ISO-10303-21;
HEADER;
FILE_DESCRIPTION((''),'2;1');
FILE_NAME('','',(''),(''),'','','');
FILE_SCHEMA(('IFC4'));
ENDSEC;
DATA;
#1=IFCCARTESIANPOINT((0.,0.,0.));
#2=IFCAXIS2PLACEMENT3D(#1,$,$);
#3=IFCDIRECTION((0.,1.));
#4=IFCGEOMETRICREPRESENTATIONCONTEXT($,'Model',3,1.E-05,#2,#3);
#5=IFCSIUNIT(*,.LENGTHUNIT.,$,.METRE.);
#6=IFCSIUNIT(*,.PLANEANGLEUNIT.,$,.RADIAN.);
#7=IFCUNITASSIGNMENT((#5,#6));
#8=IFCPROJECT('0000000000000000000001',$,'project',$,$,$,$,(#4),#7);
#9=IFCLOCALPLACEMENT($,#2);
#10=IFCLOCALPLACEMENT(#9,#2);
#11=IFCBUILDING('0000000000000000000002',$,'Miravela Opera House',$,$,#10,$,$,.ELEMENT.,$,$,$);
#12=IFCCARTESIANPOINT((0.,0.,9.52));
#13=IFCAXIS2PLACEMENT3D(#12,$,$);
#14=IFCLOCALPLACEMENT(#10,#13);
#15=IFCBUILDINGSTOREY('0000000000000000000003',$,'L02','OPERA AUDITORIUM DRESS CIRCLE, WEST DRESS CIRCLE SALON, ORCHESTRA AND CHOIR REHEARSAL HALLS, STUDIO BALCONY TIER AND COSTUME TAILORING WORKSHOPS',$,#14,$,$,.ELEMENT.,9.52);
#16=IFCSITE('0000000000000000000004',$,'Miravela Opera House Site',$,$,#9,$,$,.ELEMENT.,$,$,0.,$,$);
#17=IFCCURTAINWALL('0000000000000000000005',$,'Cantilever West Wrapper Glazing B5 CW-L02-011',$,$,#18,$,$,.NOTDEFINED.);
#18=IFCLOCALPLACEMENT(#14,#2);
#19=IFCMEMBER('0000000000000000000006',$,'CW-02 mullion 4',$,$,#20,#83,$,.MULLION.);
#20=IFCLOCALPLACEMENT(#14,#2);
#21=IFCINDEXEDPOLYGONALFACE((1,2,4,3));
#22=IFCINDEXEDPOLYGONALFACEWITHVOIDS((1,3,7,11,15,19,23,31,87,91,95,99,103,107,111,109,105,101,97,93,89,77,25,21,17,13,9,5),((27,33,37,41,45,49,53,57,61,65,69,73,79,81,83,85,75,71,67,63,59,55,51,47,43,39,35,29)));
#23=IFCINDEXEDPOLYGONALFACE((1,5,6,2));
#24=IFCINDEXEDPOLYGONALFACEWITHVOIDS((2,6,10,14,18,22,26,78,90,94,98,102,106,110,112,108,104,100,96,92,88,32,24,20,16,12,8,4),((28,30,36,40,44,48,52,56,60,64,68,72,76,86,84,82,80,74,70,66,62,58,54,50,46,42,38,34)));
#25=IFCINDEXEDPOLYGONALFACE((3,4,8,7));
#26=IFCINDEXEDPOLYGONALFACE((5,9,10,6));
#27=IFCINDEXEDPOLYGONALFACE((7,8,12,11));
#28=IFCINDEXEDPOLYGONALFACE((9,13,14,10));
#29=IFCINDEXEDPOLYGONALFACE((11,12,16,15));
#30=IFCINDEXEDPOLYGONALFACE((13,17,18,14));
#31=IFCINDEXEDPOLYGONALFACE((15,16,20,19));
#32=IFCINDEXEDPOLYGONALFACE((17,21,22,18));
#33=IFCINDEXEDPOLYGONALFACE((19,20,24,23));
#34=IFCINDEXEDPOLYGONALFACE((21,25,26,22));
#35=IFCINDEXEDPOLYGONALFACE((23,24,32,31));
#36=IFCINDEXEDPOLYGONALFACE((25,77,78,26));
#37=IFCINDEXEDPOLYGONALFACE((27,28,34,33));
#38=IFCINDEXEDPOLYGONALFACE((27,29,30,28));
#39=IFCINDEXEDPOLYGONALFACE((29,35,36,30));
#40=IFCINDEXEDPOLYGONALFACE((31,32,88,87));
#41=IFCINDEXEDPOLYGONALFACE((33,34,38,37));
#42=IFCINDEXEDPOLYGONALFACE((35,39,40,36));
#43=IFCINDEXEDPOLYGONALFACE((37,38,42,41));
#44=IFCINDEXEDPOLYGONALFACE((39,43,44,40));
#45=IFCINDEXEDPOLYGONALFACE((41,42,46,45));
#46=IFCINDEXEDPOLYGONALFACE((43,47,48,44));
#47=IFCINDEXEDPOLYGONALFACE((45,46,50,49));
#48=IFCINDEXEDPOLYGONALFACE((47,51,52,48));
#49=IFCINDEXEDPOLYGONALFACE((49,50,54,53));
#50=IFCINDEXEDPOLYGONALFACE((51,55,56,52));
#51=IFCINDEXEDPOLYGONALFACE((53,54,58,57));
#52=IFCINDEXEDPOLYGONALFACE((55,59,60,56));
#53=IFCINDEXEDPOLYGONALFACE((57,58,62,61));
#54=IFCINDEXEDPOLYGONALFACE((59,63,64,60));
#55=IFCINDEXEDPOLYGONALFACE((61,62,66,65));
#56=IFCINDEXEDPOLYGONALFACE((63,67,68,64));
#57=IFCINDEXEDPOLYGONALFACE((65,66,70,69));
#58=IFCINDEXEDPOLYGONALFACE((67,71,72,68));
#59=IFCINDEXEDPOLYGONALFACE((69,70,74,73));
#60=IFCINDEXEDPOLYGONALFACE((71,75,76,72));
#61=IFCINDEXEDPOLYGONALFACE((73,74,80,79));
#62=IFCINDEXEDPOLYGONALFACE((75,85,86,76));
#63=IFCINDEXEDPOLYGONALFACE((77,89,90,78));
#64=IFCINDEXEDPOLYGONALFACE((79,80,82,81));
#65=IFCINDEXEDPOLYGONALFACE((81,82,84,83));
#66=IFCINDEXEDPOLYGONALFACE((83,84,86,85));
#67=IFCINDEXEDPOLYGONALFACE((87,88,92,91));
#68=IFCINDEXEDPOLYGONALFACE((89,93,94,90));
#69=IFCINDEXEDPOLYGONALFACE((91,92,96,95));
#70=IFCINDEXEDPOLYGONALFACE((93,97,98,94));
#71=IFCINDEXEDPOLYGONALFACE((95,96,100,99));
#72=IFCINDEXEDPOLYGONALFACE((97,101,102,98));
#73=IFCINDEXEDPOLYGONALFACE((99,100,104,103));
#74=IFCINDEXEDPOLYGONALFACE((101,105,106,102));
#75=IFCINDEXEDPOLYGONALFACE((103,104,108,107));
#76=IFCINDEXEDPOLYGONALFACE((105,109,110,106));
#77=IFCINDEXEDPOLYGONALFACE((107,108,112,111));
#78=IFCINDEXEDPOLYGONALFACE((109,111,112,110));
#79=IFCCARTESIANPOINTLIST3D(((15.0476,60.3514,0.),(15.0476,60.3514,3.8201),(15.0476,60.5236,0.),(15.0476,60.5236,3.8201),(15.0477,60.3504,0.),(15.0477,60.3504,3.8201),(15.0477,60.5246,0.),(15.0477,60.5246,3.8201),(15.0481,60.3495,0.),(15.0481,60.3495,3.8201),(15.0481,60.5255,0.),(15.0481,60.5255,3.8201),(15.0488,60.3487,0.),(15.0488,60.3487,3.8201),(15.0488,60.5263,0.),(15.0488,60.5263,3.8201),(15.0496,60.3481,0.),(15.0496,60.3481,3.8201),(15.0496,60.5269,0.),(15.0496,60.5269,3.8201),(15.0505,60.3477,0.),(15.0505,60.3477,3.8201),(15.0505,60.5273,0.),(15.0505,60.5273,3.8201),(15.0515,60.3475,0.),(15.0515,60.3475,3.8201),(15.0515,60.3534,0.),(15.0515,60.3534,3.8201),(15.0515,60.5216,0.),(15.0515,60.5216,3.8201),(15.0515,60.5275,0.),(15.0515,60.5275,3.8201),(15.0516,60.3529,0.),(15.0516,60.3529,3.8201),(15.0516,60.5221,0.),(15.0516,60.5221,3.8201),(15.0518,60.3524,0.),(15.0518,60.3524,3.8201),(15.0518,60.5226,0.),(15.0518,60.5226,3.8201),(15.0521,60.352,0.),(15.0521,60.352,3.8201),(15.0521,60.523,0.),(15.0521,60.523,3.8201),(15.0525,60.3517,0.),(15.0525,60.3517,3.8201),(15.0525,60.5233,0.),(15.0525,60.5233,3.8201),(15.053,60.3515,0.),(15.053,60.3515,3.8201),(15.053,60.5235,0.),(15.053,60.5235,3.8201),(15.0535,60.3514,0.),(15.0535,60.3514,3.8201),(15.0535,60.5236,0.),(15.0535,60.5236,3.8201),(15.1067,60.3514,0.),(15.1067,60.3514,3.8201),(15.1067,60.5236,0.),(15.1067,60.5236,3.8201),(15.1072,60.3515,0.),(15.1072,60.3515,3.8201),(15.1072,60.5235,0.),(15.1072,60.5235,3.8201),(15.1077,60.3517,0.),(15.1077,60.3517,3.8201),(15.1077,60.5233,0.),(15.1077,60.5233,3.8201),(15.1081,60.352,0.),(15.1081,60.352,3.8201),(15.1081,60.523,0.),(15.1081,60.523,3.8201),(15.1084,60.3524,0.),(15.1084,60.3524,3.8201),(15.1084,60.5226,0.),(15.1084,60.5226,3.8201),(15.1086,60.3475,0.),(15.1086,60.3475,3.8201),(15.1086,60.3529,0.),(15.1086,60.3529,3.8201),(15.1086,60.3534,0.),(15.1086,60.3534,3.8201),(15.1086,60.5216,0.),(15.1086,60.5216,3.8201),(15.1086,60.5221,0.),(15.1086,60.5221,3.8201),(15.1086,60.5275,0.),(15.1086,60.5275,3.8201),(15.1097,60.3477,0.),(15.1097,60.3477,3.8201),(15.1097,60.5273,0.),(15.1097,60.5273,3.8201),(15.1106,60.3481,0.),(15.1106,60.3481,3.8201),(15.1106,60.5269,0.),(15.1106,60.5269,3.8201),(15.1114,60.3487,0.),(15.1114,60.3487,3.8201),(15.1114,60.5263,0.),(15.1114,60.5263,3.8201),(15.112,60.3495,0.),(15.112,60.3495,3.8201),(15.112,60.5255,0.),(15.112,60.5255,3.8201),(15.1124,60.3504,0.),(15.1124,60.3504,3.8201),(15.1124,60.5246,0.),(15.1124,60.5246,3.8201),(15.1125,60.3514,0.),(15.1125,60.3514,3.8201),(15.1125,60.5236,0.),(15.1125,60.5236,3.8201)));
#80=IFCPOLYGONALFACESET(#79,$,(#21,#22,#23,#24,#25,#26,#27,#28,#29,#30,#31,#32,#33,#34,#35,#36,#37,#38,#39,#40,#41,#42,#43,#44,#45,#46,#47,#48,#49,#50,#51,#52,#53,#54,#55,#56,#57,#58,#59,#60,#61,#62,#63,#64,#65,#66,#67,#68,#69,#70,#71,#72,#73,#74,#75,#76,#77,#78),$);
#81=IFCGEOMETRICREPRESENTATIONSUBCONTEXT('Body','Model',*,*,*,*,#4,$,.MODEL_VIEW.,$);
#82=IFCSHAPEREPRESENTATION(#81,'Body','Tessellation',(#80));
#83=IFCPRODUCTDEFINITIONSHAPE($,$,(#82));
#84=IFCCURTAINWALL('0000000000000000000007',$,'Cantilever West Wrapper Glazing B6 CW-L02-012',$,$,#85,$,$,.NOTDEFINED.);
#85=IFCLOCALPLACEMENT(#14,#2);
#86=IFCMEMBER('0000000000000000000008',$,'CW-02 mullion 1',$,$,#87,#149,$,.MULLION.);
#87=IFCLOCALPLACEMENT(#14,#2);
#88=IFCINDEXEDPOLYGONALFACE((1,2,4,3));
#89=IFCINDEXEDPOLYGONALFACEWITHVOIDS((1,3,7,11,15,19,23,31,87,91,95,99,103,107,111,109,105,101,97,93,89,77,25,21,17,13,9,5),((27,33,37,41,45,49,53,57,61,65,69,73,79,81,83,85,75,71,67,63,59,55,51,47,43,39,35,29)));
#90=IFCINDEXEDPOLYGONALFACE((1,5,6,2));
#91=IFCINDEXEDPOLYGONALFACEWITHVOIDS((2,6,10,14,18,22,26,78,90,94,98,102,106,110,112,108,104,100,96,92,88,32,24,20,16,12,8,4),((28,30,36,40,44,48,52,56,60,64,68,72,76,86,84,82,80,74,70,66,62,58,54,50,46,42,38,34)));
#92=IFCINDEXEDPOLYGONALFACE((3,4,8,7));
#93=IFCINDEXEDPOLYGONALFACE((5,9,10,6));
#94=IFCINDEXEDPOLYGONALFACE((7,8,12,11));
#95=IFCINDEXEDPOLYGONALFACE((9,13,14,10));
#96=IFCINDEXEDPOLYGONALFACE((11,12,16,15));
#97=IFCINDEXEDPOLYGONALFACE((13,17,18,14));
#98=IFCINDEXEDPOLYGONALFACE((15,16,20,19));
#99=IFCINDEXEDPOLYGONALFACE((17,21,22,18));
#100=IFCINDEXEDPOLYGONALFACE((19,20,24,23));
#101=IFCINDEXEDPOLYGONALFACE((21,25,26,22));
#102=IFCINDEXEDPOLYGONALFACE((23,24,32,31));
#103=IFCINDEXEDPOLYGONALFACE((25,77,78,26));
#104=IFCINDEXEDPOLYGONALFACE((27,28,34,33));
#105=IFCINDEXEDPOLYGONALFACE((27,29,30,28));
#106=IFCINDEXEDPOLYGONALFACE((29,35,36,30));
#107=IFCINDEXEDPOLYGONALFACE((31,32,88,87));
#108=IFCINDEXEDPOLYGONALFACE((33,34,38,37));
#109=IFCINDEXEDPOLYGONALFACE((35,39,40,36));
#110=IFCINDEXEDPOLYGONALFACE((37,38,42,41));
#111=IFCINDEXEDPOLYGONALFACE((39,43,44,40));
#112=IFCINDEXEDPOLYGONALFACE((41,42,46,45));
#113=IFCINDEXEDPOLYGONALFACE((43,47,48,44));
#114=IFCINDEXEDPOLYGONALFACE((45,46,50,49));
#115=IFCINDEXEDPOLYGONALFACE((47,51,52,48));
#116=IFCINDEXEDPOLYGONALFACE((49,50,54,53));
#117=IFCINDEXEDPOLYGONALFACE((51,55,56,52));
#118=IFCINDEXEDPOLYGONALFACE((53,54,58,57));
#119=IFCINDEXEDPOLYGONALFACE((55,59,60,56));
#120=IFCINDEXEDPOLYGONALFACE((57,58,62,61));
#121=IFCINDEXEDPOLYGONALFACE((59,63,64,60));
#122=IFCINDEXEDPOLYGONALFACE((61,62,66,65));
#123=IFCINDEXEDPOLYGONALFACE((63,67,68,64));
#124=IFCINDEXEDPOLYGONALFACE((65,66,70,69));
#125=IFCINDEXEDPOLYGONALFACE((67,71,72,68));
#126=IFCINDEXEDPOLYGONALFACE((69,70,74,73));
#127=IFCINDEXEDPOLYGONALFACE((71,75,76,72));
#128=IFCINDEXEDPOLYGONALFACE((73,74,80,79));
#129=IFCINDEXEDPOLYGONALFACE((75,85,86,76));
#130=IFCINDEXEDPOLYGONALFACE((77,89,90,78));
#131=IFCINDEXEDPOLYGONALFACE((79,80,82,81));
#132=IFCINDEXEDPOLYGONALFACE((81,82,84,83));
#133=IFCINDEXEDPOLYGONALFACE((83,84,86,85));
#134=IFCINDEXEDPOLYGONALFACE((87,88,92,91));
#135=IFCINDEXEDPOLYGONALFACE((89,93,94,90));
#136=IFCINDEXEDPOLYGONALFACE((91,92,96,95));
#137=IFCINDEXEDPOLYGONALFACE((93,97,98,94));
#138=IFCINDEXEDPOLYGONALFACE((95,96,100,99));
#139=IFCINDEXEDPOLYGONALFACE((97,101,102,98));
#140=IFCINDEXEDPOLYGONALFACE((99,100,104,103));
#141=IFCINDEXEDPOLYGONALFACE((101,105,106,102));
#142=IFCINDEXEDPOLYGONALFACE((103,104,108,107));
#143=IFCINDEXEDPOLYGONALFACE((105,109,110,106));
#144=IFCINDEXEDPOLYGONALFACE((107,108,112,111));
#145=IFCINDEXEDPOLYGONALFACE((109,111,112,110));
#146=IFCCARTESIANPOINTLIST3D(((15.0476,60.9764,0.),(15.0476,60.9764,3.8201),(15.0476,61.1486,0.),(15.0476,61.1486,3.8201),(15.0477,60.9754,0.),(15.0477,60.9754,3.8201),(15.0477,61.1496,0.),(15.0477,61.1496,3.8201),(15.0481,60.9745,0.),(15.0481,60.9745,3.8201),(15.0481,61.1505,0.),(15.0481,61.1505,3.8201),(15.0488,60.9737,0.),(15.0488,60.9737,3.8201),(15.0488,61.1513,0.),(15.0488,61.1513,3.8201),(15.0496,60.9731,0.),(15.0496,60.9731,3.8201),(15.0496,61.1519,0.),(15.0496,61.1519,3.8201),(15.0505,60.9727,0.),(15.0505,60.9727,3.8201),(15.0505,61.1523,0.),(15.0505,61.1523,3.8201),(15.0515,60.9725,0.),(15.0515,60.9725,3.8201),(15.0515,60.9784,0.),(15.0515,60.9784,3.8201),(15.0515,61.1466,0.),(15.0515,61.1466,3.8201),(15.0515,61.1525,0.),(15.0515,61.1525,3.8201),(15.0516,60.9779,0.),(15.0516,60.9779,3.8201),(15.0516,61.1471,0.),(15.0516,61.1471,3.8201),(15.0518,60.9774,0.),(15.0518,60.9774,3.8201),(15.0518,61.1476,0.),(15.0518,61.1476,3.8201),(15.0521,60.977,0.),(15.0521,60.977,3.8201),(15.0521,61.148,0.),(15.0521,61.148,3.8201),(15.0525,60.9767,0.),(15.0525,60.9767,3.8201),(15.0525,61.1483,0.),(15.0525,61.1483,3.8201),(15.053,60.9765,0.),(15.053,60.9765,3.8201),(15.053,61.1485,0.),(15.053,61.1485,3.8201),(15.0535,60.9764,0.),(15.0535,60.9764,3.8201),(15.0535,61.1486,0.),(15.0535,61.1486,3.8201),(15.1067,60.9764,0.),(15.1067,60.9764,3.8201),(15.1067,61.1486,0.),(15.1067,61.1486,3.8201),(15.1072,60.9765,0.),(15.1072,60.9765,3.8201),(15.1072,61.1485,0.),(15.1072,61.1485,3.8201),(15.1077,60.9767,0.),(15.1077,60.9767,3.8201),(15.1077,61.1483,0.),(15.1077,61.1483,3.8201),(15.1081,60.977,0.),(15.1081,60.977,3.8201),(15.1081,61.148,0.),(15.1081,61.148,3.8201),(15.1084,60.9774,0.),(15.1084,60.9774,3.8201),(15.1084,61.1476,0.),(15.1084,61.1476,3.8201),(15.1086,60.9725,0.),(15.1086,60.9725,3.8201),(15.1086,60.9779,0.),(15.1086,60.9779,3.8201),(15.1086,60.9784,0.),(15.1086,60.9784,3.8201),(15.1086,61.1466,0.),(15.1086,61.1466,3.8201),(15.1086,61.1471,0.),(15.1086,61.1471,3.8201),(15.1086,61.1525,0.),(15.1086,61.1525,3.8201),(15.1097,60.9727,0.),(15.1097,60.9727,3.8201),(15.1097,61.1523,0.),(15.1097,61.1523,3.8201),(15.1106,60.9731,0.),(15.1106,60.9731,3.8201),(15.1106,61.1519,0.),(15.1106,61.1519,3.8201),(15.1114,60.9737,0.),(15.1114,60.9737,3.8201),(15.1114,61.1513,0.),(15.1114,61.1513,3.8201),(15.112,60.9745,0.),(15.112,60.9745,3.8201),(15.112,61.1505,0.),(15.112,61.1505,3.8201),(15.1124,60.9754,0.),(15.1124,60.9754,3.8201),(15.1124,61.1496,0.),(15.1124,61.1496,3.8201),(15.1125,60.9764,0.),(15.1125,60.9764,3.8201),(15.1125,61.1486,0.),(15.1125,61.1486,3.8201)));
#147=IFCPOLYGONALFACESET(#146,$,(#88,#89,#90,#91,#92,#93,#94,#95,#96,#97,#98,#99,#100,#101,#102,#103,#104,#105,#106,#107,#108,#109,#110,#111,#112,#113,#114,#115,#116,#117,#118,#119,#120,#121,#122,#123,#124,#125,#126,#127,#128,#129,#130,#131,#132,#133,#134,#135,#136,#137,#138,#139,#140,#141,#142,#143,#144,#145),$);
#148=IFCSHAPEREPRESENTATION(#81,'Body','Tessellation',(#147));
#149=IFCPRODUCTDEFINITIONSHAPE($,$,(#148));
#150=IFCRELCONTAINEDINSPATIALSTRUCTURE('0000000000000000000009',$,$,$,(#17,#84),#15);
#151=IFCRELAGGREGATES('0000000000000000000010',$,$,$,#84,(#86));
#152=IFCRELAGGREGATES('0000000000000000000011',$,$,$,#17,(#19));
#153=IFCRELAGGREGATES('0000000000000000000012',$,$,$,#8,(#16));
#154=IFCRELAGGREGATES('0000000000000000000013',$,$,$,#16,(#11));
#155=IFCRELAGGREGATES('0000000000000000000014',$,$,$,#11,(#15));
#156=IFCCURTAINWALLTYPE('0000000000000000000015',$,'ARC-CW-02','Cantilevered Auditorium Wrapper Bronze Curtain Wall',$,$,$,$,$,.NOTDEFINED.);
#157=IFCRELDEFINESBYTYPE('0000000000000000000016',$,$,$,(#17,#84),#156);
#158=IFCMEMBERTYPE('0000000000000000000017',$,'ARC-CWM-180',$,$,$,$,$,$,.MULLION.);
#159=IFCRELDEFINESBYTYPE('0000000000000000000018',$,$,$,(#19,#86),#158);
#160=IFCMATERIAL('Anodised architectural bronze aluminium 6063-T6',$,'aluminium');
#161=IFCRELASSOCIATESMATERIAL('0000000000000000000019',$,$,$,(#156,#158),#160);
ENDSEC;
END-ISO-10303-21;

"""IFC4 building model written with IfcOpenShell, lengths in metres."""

from ifc_helpers import new_model, si_unit, direction, frame, origin, origin_2d, place, context, subcontext, project, spatial, hollow_rectangle, extrude, material, material_profile, profile_set, type_object, element, aggregate, save


model = new_model("IFC4")

# Units and contexts
model_context = context("Model", 3, precision=1e-05, world=origin(), true_north=direction((0.0, 1.0)))
body_context = subcontext(model_context, "Body", "Model", "MODEL_VIEW")
ifc_project = project(units=[si_unit("LENGTHUNIT", "METRE"), si_unit("PLANEANGLEUNIT", "RADIAN")], contexts=[model_context])

# Site, building, storey
site_placement = place(None, origin())
site = spatial("IfcSite", under=ifc_project, at=site_placement, Name="Miravela Opera House Site", CompositionType="ELEMENT", RefElevation=0.0)
building_placement = place(site_placement, origin())
building = spatial("IfcBuilding", under=site, at=building_placement, Name="Miravela Opera House", CompositionType="ELEMENT")
storey_placement = place(building_placement, frame((0.0, 0.0, 9.52)))
storey = spatial("IfcBuildingStorey", under=building, at=storey_placement, Name="L02", Description="OPERA AUDITORIUM DRESS CIRCLE, WEST DRESS CIRCLE SALON, ORCHESTRA AND CHOIR REHEARSAL HALLS, STUDIO BALCONY TIER AND COSTUME TAILORING WORKSHOPS", CompositionType="ELEMENT", Elevation=9.52)

# Curtain walls, members
ifc_material_1 = material(Name="Anodised architectural bronze aluminium 6063-T6", Category="aluminium")
curtain_wall_type = type_object("IfcCurtainWallType", Name="ARC-CW-02", Description="Cantilevered Auditorium Wrapper Bronze Curtain Wall", PredefinedType="NOTDEFINED", material=ifc_material_1)
curtain_wall_1_placement = place(storey_placement, origin())
curtain_wall_1 = element("IfcCurtainWall", 1, at=curtain_wall_1_placement, inside=storey, type_object=curtain_wall_type, Name="Cantilever West Wrapper Glazing B5 CW-L02-011", PredefinedType="NOTDEFINED")
ifc_material_profile_1 = material_profile(ifc_material_1, hollow_rectangle(XDim=0.0649, YDim=0.1799, WallThickness=0.0039, InnerFilletRadius=0.002, OuterFilletRadius=0.0039, at=origin_2d()), Name="CWM-65X180")
ifc_profile_set_1 = profile_set([ifc_material_profile_1])
member_type_1 = type_object("IfcMemberType", Name="ARC-CWM-180", PredefinedType="MULLION", material=ifc_profile_set_1)
member_1_placement = place(storey_placement, frame((15.0801, 60.4375, 0.0), z_axis=(0.0, 0.0, 1.0), x_axis=(-1.0, 0.0, 0.0)))
member_1 = element("IfcMember", 2, at=member_1_placement, type_object=member_type_1, Name="CW-02 mullion 4", PredefinedType="MULLION", context=body_context, shape_type="SweptSolid", body=[
    extrude(hollow_rectangle(XDim=0.0649, YDim=0.1799, WallThickness=0.0039, InnerFilletRadius=0.002, OuterFilletRadius=0.0039, at=origin_2d()), origin(), (0.0, 0.0, 1.0), 3.8201),
])
curtain_wall_2_placement = place(storey_placement, origin())
curtain_wall_2 = element("IfcCurtainWall", 3, at=curtain_wall_2_placement, inside=storey, type_object=curtain_wall_type, Name="Cantilever West Wrapper Glazing B6 CW-L02-012", PredefinedType="NOTDEFINED")
member_2_placement = place(storey_placement, frame((15.0801, 61.0625, 0.0), z_axis=(0.0, 0.0, 1.0), x_axis=(-1.0, 0.0, 0.0)))
member_2 = element("IfcMember", 4, at=member_2_placement, type_object=member_type_1, Name="CW-02 mullion 1", PredefinedType="MULLION", context=body_context, shape_type="SweptSolid", body=[
    extrude(hollow_rectangle(XDim=0.0649, YDim=0.1799, WallThickness=0.0039, InnerFilletRadius=0.002, OuterFilletRadius=0.0039, at=origin_2d()), origin(), (0.0, 0.0, 1.0), 3.8201),
])

aggregate(curtain_wall_2, [member_2])

aggregate(curtain_wall_1, [member_1])

save(model, "model.ifc")
